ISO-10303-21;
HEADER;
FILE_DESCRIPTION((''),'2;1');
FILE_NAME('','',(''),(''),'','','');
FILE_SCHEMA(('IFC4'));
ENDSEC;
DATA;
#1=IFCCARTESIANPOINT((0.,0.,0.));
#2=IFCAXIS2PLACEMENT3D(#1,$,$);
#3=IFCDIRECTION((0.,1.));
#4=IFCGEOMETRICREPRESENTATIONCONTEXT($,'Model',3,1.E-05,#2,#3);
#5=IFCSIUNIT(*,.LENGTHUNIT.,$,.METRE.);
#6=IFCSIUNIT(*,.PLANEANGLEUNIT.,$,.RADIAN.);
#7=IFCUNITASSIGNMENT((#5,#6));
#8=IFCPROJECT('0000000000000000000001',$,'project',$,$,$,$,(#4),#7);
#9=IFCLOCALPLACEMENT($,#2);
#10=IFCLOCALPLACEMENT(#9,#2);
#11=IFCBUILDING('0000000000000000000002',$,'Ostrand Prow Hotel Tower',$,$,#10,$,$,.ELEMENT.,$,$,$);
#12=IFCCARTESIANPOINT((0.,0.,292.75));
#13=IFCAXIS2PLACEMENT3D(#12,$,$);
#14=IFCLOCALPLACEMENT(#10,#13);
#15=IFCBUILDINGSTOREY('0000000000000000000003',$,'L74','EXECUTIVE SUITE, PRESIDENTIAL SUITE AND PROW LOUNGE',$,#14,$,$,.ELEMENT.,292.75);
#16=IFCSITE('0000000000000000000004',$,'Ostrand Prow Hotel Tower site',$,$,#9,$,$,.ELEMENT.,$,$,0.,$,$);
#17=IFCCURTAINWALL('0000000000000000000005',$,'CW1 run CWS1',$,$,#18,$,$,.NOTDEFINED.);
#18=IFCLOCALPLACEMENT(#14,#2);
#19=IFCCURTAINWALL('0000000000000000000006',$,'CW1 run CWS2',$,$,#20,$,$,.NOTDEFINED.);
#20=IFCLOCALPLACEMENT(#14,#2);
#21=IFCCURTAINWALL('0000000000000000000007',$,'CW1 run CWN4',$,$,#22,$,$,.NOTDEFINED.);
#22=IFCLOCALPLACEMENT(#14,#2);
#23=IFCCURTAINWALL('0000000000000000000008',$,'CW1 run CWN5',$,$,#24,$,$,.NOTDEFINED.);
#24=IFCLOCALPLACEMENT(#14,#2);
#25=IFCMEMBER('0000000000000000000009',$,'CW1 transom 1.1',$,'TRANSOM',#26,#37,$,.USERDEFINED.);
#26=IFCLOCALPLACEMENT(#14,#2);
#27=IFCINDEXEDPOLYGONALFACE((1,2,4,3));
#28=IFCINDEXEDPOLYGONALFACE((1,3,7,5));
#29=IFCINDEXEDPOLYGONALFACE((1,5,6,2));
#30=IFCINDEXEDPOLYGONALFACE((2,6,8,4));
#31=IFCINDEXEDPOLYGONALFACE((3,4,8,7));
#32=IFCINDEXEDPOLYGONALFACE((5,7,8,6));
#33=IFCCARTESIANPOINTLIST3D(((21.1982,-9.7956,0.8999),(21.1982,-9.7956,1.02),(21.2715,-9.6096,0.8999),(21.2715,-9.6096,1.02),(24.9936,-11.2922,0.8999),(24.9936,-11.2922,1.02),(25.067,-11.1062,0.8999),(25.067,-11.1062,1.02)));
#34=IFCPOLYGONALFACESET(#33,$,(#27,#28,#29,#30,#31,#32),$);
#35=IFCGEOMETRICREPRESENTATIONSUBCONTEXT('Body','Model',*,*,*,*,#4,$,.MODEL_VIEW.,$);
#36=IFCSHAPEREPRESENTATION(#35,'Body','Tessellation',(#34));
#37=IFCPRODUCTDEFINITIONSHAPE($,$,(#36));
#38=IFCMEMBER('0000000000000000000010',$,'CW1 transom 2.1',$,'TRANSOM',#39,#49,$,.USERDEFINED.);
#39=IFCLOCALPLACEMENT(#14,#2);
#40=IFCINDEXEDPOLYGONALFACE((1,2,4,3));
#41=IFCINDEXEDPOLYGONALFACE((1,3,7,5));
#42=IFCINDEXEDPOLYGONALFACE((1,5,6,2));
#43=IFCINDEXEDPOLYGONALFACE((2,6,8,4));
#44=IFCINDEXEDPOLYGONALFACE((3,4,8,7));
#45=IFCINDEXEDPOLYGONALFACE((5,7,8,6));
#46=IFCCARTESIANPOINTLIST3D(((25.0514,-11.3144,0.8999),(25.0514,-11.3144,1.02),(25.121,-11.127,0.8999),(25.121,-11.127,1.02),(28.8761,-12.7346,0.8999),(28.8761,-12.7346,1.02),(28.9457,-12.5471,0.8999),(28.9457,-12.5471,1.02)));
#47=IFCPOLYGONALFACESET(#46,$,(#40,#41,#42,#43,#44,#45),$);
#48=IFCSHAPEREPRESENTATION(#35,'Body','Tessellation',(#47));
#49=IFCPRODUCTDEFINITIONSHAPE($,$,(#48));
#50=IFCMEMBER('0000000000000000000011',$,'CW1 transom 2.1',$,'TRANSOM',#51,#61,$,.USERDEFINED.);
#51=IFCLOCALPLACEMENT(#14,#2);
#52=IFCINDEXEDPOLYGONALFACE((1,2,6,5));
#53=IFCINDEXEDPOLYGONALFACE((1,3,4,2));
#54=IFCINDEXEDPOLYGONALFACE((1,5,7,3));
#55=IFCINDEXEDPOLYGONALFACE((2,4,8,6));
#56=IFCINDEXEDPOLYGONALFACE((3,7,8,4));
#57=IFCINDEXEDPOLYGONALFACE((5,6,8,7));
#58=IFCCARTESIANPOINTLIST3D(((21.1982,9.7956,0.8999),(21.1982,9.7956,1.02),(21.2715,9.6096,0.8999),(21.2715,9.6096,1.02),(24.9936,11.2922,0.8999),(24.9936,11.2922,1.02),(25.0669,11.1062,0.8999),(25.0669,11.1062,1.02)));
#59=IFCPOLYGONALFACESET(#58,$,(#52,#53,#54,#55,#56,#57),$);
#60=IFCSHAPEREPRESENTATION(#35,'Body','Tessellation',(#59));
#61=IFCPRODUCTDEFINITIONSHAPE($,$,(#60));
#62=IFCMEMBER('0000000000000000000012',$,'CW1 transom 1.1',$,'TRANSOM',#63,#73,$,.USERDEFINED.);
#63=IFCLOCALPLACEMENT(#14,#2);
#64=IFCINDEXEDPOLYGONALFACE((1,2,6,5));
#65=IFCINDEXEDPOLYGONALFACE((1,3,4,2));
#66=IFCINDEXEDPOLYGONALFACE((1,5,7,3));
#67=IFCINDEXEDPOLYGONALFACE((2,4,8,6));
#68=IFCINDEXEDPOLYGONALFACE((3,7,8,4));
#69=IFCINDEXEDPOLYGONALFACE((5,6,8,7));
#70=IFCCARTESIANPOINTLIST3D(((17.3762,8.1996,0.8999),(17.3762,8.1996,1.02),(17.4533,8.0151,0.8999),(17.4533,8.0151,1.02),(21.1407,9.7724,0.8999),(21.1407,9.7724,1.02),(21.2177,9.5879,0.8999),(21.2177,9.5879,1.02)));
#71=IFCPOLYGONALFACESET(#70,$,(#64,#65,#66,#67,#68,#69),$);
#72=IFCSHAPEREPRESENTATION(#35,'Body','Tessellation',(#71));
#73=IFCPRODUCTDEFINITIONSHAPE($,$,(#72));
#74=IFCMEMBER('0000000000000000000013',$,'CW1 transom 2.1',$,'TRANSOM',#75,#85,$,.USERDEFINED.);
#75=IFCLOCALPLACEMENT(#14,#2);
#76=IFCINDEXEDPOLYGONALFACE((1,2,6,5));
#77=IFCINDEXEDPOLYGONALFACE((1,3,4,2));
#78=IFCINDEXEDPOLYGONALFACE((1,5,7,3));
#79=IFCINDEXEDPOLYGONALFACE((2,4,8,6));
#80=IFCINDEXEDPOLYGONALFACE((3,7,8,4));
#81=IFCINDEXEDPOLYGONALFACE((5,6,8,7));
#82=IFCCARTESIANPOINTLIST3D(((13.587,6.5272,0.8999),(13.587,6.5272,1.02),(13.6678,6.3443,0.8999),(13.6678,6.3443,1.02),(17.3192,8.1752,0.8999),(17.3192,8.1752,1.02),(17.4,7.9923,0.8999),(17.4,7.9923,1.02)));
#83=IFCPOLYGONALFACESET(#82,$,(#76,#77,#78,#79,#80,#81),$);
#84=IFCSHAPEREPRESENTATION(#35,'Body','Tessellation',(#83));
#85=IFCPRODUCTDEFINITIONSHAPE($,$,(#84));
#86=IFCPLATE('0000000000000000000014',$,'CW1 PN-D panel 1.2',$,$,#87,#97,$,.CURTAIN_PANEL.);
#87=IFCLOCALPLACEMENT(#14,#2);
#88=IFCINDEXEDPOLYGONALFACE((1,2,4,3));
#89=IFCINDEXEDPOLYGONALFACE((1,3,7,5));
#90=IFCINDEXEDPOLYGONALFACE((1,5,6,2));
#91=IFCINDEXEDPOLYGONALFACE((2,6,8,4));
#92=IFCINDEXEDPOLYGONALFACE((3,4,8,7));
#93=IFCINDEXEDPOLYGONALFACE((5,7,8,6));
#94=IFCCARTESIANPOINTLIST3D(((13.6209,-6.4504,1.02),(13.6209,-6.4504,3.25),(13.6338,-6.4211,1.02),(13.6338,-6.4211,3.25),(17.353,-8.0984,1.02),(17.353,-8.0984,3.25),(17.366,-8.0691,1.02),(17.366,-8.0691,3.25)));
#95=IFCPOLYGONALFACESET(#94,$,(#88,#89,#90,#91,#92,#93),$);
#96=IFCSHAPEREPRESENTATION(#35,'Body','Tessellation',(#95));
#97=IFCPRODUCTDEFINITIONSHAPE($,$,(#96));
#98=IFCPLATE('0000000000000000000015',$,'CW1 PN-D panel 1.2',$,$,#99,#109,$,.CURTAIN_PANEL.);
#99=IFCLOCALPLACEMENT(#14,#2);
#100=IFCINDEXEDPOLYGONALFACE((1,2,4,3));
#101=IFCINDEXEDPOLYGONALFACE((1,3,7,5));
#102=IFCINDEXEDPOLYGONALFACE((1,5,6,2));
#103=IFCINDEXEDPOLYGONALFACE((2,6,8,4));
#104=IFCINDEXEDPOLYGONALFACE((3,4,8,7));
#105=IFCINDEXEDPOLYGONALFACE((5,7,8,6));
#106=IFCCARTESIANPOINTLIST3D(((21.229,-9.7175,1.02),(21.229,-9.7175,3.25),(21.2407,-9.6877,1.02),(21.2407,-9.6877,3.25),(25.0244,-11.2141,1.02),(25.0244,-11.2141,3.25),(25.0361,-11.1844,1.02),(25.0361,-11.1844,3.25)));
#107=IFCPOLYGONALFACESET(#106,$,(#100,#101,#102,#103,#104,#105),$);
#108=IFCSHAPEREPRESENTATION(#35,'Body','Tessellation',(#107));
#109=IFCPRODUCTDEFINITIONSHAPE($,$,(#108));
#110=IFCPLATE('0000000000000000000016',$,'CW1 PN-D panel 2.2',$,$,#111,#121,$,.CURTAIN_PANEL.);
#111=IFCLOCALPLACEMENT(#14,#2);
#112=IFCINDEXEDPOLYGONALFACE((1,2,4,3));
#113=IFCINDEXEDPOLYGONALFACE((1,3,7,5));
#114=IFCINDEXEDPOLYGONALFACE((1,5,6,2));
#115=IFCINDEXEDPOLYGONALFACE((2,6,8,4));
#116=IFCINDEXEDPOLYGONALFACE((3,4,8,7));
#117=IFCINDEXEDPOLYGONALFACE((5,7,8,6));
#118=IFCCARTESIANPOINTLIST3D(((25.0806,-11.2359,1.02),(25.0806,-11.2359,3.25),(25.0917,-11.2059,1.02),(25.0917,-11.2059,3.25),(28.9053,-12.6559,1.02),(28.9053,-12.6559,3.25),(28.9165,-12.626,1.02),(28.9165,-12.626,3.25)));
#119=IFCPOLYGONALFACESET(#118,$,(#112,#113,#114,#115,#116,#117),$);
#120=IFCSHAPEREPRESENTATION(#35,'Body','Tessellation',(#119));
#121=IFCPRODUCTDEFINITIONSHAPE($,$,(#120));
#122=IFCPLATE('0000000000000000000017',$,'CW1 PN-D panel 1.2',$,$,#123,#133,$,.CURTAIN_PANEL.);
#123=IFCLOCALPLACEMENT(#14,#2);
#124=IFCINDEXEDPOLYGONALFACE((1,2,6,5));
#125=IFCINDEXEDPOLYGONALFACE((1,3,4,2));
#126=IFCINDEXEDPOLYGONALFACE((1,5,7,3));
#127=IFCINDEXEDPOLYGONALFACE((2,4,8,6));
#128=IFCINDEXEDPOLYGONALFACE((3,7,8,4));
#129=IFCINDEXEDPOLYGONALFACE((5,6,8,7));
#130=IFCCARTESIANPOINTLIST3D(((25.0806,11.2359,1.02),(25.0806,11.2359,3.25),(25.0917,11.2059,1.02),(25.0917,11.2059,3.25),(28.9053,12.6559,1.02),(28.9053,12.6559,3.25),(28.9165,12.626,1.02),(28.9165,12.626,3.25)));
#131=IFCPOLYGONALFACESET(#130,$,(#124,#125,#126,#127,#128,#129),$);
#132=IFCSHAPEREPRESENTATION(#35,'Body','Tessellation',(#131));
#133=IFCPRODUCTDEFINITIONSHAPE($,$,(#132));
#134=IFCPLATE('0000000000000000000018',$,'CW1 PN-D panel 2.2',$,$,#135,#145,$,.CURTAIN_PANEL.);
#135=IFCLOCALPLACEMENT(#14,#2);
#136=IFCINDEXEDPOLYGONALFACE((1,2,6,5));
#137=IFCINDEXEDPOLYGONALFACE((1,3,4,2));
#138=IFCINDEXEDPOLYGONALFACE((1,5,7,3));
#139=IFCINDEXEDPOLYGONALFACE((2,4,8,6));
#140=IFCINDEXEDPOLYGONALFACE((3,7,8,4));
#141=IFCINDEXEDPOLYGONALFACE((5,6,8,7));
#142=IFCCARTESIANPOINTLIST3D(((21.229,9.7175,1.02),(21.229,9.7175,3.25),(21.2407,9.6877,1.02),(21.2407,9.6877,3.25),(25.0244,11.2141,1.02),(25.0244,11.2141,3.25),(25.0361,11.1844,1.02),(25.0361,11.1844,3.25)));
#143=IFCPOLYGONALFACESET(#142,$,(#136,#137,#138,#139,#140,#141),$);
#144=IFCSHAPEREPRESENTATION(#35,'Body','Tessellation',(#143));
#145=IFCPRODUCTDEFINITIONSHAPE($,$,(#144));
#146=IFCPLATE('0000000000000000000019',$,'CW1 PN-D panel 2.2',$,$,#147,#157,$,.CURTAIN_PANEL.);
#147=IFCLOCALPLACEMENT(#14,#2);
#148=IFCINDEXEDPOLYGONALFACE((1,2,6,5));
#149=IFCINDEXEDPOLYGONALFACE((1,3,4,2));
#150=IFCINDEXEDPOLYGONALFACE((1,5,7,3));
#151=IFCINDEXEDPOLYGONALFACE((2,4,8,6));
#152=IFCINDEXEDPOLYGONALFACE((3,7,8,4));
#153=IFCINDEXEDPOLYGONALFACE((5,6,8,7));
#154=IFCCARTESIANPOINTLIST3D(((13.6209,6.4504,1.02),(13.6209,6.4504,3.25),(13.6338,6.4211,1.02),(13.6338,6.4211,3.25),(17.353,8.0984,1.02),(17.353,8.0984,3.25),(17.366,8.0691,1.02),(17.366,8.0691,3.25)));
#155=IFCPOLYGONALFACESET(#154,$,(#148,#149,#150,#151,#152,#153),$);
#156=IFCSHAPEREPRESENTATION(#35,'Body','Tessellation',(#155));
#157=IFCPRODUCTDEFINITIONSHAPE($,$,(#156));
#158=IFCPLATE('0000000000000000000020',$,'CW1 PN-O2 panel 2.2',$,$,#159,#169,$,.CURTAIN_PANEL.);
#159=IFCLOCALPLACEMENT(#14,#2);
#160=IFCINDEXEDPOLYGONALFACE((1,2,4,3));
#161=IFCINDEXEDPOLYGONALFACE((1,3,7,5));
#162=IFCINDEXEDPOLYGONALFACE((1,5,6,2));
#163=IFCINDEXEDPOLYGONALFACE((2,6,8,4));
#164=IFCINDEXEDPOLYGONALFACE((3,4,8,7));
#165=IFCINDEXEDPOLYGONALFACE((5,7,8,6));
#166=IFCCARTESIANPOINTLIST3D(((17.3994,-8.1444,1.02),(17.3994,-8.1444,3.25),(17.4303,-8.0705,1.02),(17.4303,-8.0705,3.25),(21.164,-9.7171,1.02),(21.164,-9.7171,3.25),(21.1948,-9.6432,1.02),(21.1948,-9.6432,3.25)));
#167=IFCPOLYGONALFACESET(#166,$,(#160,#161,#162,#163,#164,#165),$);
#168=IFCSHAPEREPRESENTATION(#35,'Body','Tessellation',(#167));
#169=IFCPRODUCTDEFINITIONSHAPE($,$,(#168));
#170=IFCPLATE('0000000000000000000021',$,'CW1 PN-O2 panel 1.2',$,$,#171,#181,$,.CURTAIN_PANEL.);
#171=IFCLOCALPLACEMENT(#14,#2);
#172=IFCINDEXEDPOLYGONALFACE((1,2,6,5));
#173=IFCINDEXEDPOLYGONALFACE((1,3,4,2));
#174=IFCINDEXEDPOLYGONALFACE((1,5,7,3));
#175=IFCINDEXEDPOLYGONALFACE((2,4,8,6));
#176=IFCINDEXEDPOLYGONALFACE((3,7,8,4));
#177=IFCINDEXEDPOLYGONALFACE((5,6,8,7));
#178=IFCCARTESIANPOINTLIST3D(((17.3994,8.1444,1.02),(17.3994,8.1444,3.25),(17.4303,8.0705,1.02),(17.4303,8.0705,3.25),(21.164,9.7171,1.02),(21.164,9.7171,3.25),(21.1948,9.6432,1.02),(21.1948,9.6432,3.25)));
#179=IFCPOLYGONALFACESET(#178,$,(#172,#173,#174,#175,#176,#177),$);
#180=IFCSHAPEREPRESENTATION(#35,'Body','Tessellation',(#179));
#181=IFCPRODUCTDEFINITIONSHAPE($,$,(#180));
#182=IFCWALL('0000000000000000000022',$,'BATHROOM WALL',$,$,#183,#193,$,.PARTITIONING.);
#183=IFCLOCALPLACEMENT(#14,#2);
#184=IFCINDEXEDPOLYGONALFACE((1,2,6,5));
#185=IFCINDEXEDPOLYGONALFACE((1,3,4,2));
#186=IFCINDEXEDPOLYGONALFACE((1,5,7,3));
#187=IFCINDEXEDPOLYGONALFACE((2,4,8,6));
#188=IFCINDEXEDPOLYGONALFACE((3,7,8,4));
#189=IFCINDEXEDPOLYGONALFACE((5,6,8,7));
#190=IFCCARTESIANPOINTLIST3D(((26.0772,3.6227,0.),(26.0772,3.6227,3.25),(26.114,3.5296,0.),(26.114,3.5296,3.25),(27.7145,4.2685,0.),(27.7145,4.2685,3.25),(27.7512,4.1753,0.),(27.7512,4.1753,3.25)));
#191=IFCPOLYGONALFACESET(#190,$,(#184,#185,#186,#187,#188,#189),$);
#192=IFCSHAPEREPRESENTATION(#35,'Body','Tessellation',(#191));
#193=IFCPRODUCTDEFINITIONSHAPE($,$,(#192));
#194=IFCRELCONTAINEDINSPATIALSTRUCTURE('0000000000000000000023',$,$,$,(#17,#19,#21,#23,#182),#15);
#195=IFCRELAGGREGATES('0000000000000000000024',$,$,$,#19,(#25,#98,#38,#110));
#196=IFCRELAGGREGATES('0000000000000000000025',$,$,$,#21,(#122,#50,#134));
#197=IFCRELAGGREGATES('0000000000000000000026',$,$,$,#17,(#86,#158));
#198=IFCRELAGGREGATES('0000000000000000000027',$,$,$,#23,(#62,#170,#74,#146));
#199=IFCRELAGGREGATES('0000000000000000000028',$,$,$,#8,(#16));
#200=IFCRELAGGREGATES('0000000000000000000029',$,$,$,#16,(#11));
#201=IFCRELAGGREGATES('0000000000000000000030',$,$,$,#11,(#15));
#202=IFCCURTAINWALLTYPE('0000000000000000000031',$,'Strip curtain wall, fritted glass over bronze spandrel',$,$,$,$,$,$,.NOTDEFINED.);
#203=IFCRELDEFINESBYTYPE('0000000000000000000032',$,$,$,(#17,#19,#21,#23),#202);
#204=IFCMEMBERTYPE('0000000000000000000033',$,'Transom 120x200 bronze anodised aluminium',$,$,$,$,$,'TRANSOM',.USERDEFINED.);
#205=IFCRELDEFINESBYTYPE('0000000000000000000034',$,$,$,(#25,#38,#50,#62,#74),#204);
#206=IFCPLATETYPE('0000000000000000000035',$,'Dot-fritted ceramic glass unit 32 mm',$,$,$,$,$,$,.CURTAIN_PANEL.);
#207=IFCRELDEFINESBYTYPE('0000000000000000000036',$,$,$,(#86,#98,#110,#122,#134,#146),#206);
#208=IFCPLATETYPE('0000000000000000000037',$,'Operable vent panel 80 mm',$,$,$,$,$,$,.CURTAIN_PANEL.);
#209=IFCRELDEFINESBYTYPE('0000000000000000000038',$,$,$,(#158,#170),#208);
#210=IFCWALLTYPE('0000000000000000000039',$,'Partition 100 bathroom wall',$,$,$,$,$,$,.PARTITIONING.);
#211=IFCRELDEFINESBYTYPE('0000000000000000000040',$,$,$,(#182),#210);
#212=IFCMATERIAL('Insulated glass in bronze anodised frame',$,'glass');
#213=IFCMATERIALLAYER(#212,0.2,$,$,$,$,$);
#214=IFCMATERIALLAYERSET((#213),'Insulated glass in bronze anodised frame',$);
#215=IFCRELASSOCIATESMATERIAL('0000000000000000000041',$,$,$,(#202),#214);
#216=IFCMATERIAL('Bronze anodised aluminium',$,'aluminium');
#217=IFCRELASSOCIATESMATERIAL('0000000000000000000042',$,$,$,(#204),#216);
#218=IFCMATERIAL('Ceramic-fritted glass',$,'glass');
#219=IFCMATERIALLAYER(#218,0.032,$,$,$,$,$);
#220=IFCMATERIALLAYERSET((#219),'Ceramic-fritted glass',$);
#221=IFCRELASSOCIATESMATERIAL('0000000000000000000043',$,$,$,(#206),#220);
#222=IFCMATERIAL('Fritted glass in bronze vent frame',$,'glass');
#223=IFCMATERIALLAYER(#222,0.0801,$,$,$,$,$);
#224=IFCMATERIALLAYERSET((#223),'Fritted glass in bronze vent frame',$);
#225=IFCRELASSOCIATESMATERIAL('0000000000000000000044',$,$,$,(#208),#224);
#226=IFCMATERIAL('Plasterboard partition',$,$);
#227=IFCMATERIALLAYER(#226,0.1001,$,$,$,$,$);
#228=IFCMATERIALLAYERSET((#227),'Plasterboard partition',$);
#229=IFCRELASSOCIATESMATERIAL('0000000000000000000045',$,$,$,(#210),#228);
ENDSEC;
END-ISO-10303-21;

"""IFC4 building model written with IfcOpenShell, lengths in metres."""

from ifc_helpers import new_model, si_unit, direction, frame, frame_2d, origin, origin_2d, place, context, subcontext, project, spatial, rectangle, extrude, material, layer, layer_set, material_profile, profile_set, type_object, element, aggregate, save


model = new_model("IFC4")

# Units and contexts
model_context = context("Model", 3, precision=1e-05, world=origin(), true_north=direction((0.0, 1.0)))
body_context = subcontext(model_context, "Body", "Model", "MODEL_VIEW")
ifc_project = project(units=[si_unit("LENGTHUNIT", "METRE"), si_unit("PLANEANGLEUNIT", "RADIAN")], contexts=[model_context])

# Site, building, storey
site_placement = place(None, origin())
site = spatial("IfcSite", under=ifc_project, at=site_placement, Name="Ostrand Prow Hotel Tower site", CompositionType="ELEMENT", RefElevation=0.0)
building_placement = place(site_placement, origin())
building = spatial("IfcBuilding", under=site, at=building_placement, Name="Ostrand Prow Hotel Tower", CompositionType="ELEMENT")
storey_placement = place(building_placement, frame((0.0, 0.0, 292.75)))
storey = spatial("IfcBuildingStorey", under=building, at=storey_placement, Name="L74", Description="EXECUTIVE SUITE, PRESIDENTIAL SUITE AND PROW LOUNGE", CompositionType="ELEMENT", Elevation=292.75)

# Curtain wall
ifc_material_1 = material(Name="Insulated glass in bronze anodised frame", Category="glass")
ifc_layer_1 = layer(ifc_material_1, 0.2)
ifc_layer_set_1 = layer_set([ifc_layer_1], Name="Insulated glass in bronze anodised frame")
curtain_wall_type = type_object("IfcCurtainWallType", Name="Strip curtain wall, fritted glass over bronze spandrel", PredefinedType="NOTDEFINED", material=ifc_layer_set_1)
curtain_wall_1_placement = place(storey_placement, origin())
curtain_wall_1 = element("IfcCurtainWall", 1, at=curtain_wall_1_placement, inside=storey, type_object=curtain_wall_type, Name="CW1 run CWS1", PredefinedType="NOTDEFINED")

# Curtain wall
curtain_wall_2_placement = place(storey_placement, origin())
curtain_wall_2 = element("IfcCurtainWall", 2, at=curtain_wall_2_placement, inside=storey, type_object=curtain_wall_type, Name="CW1 run CWS2", PredefinedType="NOTDEFINED")

# Curtain wall
curtain_wall_3_placement = place(storey_placement, origin())
curtain_wall_3 = element("IfcCurtainWall", 3, at=curtain_wall_3_placement, inside=storey, type_object=curtain_wall_type, Name="CW1 run CWN4", PredefinedType="NOTDEFINED")

# Curtain wall
curtain_wall_4_placement = place(storey_placement, origin())
curtain_wall_4 = element("IfcCurtainWall", 4, at=curtain_wall_4_placement, inside=storey, type_object=curtain_wall_type, Name="CW1 run CWN5", PredefinedType="NOTDEFINED")

# Members
ifc_material_2 = material(Name="Bronze anodised aluminium", Category="aluminium")
ifc_material_profile_1 = material_profile(ifc_material_2, rectangle(XDim=0.2, YDim=0.1201, at=origin_2d()), Name="Transom 120x200 bronze anodised aluminium")
ifc_profile_set_1 = profile_set([ifc_material_profile_1], Name="Bronze anodised aluminium")
member_type_1 = type_object("IfcMemberType", Name="Transom 120x200 bronze anodised aluminium", ElementType="TRANSOM", PredefinedType="USERDEFINED", material=ifc_profile_set_1)
member_1_placement = place(storey_placement, frame((21.2349, -9.7026, 0.96), z_axis=(0.93029, -0.366826, 0.0), x_axis=(0.366826, 0.93029, 0.0)))
member_1 = element("IfcMember", 5, at=member_1_placement, type_object=member_type_1, Name="CW1 transom 1.1", ObjectType="TRANSOM", PredefinedType="USERDEFINED", context=body_context, shape_type="SweptSolid", body=[
    extrude(rectangle(XDim=0.2, YDim=0.1201, at=origin_2d()), origin(), (0.0, 0.0, 1.0), 4.0798),
])
member_2_placement = place(storey_placement, frame((25.0862, -11.2207, 0.96), z_axis=(0.93746, -0.348092, 0.0), x_axis=(0.348092, 0.93746, 0.0)))
member_2 = element("IfcMember", 6, at=member_2_placement, type_object=member_type_1, Name="CW1 transom 2.1", ObjectType="TRANSOM", PredefinedType="USERDEFINED", context=body_context, shape_type="SweptSolid", body=[
    extrude(rectangle(XDim=0.2, YDim=0.1201, at=origin_2d()), origin(), (0.0, 0.0, 1.0), 4.0798),
])
member_3_placement = place(storey_placement, frame((25.0303, 11.1992, 0.96), z_axis=(-0.93029, -0.366826, 0.0), x_axis=(0.366826, -0.93029, 0.0)))
member_3 = element("IfcMember", 7, at=member_3_placement, type_object=member_type_1, Name="CW1 transom 2.1", ObjectType="TRANSOM", PredefinedType="USERDEFINED", context=body_context, shape_type="SweptSolid", body=[
    extrude(rectangle(XDim=0.2, YDim=0.1201, at=origin_2d()), origin(), (0.0, 0.0, 1.0), 4.0798),
])
member_4_placement = place(storey_placement, frame((21.1792, 9.6802, 0.96), z_axis=(-0.922706, -0.385503, 0.0), x_axis=(0.385503, -0.922706, 0.0)))
member_4 = element("IfcMember", 8, at=member_4_placement, type_object=member_type_1, Name="CW1 transom 1.1", ObjectType="TRANSOM", PredefinedType="USERDEFINED", context=body_context, shape_type="SweptSolid", body=[
    extrude(rectangle(XDim=0.2, YDim=0.1201, at=origin_2d()), origin(), (0.0, 0.0, 1.0), 4.0798),
])
member_5_placement = place(storey_placement, frame((17.3596, 8.0837, 0.96), z_axis=(-0.914791, -0.403927, 0.0), x_axis=(0.403927, -0.914791, 0.0)))
member_5 = element("IfcMember", 9, at=member_5_placement, type_object=member_type_1, Name="CW1 transom 2.1", ObjectType="TRANSOM", PredefinedType="USERDEFINED", context=body_context, shape_type="SweptSolid", body=[
    extrude(rectangle(XDim=0.2, YDim=0.1201, at=origin_2d()), origin(), (0.0, 0.0, 1.0), 4.0798),
])

# Plates
ifc_material_3 = material(Name="Ceramic-fritted glass", Category="glass")
ifc_layer_2 = layer(ifc_material_3, 0.032)
ifc_layer_set_2 = layer_set([ifc_layer_2], Name="Ceramic-fritted glass")
plate_type_1 = type_object("IfcPlateType", Name="Dot-fritted ceramic glass unit 32 mm", PredefinedType="CURTAIN_PANEL", material=ifc_layer_set_2)
plate_1_placement = place(storey_placement, frame((15.4934, -7.2598, 1.02), z_axis=(0.0, 0.0, 1.0), x_axis=(0.914786, -0.40394, 0.0)))
plate_1 = element("IfcPlate", 10, at=plate_1_placement, type_object=plate_type_1, Name="CW1 PN-D panel 1.2", PredefinedType="CURTAIN_PANEL", context=body_context, shape_type="SweptSolid", body=[
    extrude(rectangle(XDim=4.0798, YDim=0.032, at=origin_2d()), origin(), (0.0, 0.0, 1.0), 2.23),
])
plate_2_placement = place(storey_placement, frame((23.1326, -10.4509, 1.02), z_axis=(0.0, 0.0, 1.0), x_axis=(0.930282, -0.366845, 0.0)))
plate_2 = element("IfcPlate", 11, at=plate_2_placement, type_object=plate_type_1, Name="CW1 PN-D panel 1.2", PredefinedType="CURTAIN_PANEL", context=body_context, shape_type="SweptSolid", body=[
    extrude(rectangle(XDim=4.0798, YDim=0.032, at=origin_2d()), origin(), (0.0, 0.0, 1.0), 2.23),
])
plate_3_placement = place(storey_placement, frame((26.9985, -11.9309, 1.02), z_axis=(0.0, 0.0, 1.0), x_axis=(0.937468, -0.348071, 0.0)))
plate_3 = element("IfcPlate", 12, at=plate_3_placement, type_object=plate_type_1, Name="CW1 PN-D panel 2.2", PredefinedType="CURTAIN_PANEL", context=body_context, shape_type="SweptSolid", body=[
    extrude(rectangle(XDim=4.0798, YDim=0.032, at=origin_2d()), origin(), (0.0, 0.0, 1.0), 2.23),
])
aggregate(curtain_wall_2, [member_1, plate_2, member_2, plate_3])
plate_4_placement = place(storey_placement, frame((26.9985, 11.9309, 1.02), z_axis=(0.0, 0.0, 1.0), x_axis=(-0.937468, -0.348071, 0.0)))
plate_4 = element("IfcPlate", 13, at=plate_4_placement, type_object=plate_type_1, Name="CW1 PN-D panel 1.2", PredefinedType="CURTAIN_PANEL", context=body_context, shape_type="SweptSolid", body=[
    extrude(rectangle(XDim=4.0798, YDim=0.032, at=origin_2d()), origin(), (0.0, 0.0, 1.0), 2.23),
])
plate_5_placement = place(storey_placement, frame((23.1326, 10.4509, 1.02), z_axis=(0.0, 0.0, 1.0), x_axis=(-0.930282, -0.366845, 0.0)))
plate_5 = element("IfcPlate", 14, at=plate_5_placement, type_object=plate_type_1, Name="CW1 PN-D panel 2.2", PredefinedType="CURTAIN_PANEL", context=body_context, shape_type="SweptSolid", body=[
    extrude(rectangle(XDim=4.0798, YDim=0.032, at=origin_2d()), origin(), (0.0, 0.0, 1.0), 2.23),
])
aggregate(curtain_wall_3, [plate_4, member_3, plate_5])
plate_6_placement = place(storey_placement, frame((15.4934, 7.2598, 1.02), z_axis=(0.0, 0.0, 1.0), x_axis=(-0.914786, -0.40394, 0.0)))
plate_6 = element("IfcPlate", 15, at=plate_6_placement, type_object=plate_type_1, Name="CW1 PN-D panel 2.2", PredefinedType="CURTAIN_PANEL", context=body_context, shape_type="SweptSolid", body=[
    extrude(rectangle(XDim=4.0798, YDim=0.032, at=origin_2d()), origin(), (0.0, 0.0, 1.0), 2.23),
])
ifc_material_4 = material(Name="Fritted glass in bronze vent frame", Category="glass")
ifc_layer_3 = layer(ifc_material_4, 0.0801)
ifc_layer_set_3 = layer_set([ifc_layer_3], Name="Fritted glass in bronze vent frame")
plate_type_2 = type_object("IfcPlateType", Name="Operable vent panel 80 mm", PredefinedType="CURTAIN_PANEL", material=ifc_layer_set_3)
plate_7_placement = place(storey_placement, frame((19.2971, -8.8938, 1.02), z_axis=(0.0, 0.0, 1.0), x_axis=(0.92272, -0.385471, 0.0)))
plate_7 = element("IfcPlate", 16, at=plate_7_placement, type_object=plate_type_2, Name="CW1 PN-O2 panel 2.2", PredefinedType="CURTAIN_PANEL", context=body_context, shape_type="SweptSolid", body=[
    extrude(rectangle(XDim=4.0798, YDim=0.0801, at=origin_2d()), origin(), (0.0, 0.0, 1.0), 2.23),
])
aggregate(curtain_wall_1, [plate_1, plate_7])
plate_8_placement = place(storey_placement, frame((19.2971, 8.8938, 1.02), z_axis=(0.0, 0.0, 1.0), x_axis=(-0.92272, -0.385471, 0.0)))
plate_8 = element("IfcPlate", 17, at=plate_8_placement, type_object=plate_type_2, Name="CW1 PN-O2 panel 1.2", PredefinedType="CURTAIN_PANEL", context=body_context, shape_type="SweptSolid", body=[
    extrude(rectangle(XDim=4.0798, YDim=0.0801, at=origin_2d()), origin(), (0.0, 0.0, 1.0), 2.23),
])
aggregate(curtain_wall_4, [member_4, plate_8, member_5, plate_6])

# Wall
ifc_material_5 = material(Name="Plasterboard partition")
ifc_layer_4 = layer(ifc_material_5, 0.1001)
ifc_layer_set_4 = layer_set([ifc_layer_4], Name="Plasterboard partition")
wall_type_1 = type_object("IfcWallType", Name="Partition 100 bathroom wall", PredefinedType="PARTITIONING", material=ifc_layer_set_4)
wall_1_placement = place(storey_placement, frame((26.0957, 3.5762, 0.0), z_axis=(0.0, 0.0, 1.0), x_axis=(0.930255, 0.366914, 0.0)))
element("IfcWall", 18, at=wall_1_placement, inside=storey, type_object=wall_type_1, Name="BATHROOM WALL", PredefinedType="PARTITIONING", context=body_context, shape_type="SweptSolid", body=[
    extrude(rectangle(XDim=1.76, YDim=0.1001, at=frame_2d((0.8799, 0.0))), origin(), (0.0, 0.0, 1.0), 3.25),
])

save(model, "model.ifc")
